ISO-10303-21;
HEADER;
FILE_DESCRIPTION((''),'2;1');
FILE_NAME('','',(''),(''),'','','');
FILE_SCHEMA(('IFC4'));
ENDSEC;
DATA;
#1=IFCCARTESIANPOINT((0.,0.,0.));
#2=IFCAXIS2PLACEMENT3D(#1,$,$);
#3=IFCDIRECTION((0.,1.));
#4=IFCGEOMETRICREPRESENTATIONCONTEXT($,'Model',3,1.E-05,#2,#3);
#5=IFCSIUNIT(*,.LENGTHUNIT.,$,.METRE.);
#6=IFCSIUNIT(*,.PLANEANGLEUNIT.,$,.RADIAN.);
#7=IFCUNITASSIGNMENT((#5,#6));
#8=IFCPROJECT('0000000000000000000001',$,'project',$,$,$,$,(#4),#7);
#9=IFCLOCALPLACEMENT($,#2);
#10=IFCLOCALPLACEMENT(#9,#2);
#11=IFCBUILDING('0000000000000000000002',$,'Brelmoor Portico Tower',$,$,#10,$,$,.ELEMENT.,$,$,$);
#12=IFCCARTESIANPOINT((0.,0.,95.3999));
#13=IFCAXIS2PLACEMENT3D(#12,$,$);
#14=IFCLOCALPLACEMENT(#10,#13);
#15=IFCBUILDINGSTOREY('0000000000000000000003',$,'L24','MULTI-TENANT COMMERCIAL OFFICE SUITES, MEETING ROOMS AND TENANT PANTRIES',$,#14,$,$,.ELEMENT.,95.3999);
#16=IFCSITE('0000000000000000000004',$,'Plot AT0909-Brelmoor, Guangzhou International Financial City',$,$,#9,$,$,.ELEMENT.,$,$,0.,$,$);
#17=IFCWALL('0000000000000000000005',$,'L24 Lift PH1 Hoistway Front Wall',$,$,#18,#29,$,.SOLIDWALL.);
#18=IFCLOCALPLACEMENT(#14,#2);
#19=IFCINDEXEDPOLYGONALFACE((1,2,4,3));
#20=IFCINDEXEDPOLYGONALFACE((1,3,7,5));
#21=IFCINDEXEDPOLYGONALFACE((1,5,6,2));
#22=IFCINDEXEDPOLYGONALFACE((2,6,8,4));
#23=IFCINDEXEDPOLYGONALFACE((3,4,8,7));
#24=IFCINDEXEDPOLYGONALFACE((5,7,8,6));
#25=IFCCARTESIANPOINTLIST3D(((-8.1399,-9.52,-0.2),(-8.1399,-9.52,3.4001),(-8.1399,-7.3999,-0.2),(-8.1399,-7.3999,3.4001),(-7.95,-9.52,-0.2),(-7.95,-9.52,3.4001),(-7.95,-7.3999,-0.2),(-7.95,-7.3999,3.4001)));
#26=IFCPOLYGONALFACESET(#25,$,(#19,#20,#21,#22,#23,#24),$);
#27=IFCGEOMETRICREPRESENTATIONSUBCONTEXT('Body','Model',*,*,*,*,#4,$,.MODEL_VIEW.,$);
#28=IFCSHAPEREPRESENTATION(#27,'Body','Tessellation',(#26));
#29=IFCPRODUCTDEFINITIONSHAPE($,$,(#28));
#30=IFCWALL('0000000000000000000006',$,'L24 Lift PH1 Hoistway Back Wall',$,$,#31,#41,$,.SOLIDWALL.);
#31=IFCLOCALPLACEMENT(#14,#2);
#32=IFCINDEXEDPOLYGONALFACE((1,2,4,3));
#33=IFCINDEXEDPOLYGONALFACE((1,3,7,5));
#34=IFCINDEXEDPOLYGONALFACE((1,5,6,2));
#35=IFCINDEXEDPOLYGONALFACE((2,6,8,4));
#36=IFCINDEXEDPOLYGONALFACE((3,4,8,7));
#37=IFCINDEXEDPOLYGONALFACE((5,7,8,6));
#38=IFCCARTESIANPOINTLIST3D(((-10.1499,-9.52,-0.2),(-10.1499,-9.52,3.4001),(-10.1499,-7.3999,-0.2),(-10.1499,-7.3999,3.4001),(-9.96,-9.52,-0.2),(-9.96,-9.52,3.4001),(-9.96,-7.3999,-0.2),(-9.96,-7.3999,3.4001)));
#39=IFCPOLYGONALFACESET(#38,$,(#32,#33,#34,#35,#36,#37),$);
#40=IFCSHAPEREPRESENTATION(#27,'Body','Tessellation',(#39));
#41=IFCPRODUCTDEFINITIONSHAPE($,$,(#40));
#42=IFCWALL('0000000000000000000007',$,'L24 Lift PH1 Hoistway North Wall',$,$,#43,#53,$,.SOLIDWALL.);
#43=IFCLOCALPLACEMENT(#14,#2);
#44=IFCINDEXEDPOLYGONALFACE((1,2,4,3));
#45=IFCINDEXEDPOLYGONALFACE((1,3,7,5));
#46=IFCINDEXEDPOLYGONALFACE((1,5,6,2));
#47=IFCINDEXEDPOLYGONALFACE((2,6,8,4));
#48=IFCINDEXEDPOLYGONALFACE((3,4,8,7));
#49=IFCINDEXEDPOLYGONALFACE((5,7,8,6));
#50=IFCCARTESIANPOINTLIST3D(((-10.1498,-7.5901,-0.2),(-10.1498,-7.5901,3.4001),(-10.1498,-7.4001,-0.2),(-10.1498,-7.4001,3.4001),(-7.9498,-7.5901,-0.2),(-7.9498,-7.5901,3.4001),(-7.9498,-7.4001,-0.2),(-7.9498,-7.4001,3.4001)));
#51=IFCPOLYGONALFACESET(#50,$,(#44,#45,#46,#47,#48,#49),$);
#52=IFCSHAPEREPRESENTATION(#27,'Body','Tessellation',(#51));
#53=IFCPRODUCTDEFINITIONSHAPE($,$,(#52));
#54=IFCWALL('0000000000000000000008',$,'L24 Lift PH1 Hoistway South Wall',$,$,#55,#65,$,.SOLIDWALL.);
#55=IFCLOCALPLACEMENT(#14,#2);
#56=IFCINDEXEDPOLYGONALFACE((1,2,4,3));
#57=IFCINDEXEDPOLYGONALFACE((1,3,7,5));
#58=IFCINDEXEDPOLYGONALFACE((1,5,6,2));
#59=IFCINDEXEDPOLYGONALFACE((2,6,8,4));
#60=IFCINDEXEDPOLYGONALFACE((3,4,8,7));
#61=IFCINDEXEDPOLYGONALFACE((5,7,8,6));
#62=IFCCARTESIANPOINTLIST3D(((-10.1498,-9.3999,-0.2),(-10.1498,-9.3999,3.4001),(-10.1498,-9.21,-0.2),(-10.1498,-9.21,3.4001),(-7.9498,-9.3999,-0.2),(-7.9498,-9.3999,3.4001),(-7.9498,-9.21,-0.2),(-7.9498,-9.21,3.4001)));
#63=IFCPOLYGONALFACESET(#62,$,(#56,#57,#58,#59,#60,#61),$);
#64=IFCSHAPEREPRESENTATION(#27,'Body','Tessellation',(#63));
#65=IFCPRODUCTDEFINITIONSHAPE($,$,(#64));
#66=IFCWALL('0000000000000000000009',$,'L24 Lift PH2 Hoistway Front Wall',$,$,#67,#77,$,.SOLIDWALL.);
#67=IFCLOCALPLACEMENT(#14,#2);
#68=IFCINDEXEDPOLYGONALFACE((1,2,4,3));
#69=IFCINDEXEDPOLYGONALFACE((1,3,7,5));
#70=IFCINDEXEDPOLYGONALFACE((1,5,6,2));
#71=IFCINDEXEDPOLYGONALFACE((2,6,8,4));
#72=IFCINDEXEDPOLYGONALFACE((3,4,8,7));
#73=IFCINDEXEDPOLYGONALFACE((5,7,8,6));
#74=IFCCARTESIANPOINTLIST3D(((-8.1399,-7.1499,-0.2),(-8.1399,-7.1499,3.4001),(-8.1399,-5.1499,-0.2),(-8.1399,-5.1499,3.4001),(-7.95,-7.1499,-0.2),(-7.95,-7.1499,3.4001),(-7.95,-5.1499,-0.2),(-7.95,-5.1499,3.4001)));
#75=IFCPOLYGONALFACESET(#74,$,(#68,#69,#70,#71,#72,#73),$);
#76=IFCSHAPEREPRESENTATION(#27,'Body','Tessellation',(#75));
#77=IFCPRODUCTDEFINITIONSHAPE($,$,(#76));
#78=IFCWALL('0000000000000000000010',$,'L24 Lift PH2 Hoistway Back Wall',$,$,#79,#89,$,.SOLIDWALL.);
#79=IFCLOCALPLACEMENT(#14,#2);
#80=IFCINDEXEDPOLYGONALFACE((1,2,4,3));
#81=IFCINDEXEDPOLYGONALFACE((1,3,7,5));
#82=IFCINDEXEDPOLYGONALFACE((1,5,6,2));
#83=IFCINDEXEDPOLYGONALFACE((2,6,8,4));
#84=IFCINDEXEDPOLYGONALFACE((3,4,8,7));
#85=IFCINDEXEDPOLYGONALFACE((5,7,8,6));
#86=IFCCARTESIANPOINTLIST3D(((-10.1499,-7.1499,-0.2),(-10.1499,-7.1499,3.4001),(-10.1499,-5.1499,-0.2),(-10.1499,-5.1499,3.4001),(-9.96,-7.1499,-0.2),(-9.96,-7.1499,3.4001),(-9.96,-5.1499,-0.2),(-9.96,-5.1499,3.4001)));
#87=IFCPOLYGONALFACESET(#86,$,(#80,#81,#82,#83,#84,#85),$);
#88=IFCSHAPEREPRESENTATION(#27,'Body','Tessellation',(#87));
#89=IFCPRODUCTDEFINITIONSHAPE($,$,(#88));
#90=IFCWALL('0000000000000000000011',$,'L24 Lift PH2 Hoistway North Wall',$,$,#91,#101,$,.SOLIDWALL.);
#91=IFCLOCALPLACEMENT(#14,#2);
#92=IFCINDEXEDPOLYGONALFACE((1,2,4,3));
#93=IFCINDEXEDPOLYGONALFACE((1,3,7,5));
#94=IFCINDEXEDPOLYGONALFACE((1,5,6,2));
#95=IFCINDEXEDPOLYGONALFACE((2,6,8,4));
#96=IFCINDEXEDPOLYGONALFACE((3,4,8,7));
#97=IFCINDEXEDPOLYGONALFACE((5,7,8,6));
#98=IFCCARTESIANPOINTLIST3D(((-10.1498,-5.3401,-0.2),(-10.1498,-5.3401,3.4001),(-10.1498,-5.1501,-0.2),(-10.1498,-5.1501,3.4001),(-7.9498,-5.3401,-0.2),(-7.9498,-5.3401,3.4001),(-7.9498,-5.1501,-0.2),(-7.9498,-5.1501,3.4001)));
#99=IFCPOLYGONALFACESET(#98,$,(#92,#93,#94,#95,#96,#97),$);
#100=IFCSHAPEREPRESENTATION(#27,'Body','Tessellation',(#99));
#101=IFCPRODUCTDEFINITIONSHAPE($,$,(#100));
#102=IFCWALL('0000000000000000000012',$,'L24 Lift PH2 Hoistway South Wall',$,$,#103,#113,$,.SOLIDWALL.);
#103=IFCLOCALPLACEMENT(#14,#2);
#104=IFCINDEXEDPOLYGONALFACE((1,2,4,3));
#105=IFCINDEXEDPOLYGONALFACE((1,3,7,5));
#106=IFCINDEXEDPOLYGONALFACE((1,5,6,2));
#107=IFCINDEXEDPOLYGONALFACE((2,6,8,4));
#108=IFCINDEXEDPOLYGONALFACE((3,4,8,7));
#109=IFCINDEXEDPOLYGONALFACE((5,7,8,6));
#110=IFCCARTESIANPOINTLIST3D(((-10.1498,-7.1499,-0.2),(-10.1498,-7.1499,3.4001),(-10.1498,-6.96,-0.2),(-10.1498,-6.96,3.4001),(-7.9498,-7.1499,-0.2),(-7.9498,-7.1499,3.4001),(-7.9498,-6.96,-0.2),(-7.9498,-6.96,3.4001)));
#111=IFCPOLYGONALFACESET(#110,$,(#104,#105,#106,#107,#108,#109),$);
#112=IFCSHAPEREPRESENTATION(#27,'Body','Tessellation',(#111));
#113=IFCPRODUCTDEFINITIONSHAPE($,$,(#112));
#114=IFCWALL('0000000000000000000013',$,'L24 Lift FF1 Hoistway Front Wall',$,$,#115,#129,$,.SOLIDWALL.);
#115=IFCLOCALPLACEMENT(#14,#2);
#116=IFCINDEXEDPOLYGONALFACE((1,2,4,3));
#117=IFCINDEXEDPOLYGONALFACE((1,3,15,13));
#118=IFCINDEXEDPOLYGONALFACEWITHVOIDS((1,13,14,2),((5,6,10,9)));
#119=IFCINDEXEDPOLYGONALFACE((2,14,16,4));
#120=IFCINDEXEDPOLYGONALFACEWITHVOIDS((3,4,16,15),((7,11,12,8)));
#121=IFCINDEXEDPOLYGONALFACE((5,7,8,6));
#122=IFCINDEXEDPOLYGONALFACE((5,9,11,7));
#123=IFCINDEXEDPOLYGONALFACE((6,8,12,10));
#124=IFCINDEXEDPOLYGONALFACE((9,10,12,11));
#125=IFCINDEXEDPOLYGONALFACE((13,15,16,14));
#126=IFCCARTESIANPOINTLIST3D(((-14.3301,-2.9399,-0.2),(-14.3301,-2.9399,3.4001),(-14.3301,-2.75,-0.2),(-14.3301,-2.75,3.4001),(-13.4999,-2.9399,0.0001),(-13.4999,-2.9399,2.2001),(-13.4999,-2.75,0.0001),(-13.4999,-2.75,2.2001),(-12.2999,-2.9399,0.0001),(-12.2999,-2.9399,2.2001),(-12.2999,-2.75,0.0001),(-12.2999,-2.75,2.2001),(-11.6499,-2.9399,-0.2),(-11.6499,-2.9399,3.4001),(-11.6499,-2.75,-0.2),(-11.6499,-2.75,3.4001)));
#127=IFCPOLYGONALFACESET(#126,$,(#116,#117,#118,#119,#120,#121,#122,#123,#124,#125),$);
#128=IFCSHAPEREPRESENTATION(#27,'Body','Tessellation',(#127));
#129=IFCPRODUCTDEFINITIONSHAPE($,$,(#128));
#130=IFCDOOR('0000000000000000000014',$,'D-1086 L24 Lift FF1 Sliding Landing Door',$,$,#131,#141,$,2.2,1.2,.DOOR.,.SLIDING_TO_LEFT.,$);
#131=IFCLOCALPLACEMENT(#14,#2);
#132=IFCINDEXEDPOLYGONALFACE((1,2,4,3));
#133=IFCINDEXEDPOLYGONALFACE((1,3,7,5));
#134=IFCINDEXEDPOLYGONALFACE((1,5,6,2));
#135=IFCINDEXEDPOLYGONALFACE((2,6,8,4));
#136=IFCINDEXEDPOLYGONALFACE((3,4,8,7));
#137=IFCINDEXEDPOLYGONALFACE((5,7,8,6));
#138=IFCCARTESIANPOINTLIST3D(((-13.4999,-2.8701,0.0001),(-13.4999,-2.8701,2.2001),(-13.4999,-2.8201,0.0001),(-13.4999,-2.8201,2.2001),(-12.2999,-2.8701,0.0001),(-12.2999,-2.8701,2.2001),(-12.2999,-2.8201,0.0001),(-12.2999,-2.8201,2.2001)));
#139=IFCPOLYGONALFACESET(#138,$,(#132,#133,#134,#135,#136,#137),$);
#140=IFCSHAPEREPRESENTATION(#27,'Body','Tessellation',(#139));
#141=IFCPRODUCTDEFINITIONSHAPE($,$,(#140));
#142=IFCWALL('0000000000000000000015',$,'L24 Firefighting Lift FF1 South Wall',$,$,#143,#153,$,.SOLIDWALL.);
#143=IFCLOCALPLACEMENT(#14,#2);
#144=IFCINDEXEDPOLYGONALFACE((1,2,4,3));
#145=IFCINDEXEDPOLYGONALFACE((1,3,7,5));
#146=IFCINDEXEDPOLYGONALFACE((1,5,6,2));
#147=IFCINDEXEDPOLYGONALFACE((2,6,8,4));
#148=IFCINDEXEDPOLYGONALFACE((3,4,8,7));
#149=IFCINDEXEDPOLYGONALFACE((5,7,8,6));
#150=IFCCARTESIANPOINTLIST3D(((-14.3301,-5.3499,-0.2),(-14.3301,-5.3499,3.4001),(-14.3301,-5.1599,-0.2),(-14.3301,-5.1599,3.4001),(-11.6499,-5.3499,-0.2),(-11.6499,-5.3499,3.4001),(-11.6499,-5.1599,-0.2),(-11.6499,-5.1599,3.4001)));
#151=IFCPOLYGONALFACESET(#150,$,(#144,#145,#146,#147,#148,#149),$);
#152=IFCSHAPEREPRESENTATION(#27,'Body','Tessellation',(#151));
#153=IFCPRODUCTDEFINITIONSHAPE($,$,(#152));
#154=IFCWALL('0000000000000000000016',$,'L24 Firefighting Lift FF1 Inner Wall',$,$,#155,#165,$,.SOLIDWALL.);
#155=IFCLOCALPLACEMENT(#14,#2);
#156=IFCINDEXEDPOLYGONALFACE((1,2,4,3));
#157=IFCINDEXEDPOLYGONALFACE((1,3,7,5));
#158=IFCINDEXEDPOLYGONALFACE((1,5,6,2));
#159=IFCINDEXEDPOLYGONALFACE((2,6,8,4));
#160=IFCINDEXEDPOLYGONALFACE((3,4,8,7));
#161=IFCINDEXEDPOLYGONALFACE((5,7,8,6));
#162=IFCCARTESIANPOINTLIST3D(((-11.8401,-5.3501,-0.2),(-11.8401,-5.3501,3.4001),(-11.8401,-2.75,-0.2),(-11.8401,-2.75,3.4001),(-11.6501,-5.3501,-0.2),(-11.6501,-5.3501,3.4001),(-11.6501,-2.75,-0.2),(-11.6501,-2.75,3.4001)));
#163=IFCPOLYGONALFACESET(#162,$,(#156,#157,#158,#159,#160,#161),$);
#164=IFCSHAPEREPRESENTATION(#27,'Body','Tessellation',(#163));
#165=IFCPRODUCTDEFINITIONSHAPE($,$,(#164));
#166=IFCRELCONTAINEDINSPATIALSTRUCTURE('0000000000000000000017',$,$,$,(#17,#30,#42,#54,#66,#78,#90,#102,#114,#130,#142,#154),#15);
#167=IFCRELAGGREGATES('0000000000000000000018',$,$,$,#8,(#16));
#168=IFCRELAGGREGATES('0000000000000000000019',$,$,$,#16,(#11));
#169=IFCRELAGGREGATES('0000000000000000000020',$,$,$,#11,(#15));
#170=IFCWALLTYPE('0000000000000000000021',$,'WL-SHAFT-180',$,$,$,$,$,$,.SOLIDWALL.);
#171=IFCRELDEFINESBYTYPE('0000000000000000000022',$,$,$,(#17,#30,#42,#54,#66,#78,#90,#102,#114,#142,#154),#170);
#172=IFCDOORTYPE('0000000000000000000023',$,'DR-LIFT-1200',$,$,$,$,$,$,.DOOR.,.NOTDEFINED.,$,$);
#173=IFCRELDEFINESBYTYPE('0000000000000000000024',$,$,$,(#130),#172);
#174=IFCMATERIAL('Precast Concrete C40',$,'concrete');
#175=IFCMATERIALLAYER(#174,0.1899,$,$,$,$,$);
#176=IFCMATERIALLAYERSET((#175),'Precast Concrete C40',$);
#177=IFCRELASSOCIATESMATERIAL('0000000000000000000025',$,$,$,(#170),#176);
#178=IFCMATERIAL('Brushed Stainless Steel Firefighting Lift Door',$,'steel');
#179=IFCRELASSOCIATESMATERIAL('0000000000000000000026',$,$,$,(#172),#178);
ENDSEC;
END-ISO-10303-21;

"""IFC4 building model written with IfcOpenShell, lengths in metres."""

from ifc_helpers import new_model, si_unit, direction, frame, frame_2d, origin, place, context, subcontext, project, spatial, rectangle, extrude, material, layer, layer_set, type_object, element, fill, save


model = new_model("IFC4")

# Units and contexts
model_context = context("Model", 3, precision=1e-05, world=origin(), true_north=direction((0.0, 1.0)))
body_context = subcontext(model_context, "Body", "Model", "MODEL_VIEW")
ifc_project = project(units=[si_unit("LENGTHUNIT", "METRE"), si_unit("PLANEANGLEUNIT", "RADIAN")], contexts=[model_context])

# Site, building, storey
site_placement = place(None, origin())
site = spatial("IfcSite", under=ifc_project, at=site_placement, Name="Plot AT0909-Brelmoor, Guangzhou International Financial City", CompositionType="ELEMENT", RefElevation=0.0)
building_placement = place(site_placement, origin())
building = spatial("IfcBuilding", under=site, at=building_placement, Name="Brelmoor Portico Tower", CompositionType="ELEMENT")
storey_placement = place(building_placement, frame((0.0, 0.0, 95.3999)))
storey = spatial("IfcBuildingStorey", under=building, at=storey_placement, Name="L24", Description="MULTI-TENANT COMMERCIAL OFFICE SUITES, MEETING ROOMS AND TENANT PANTRIES", CompositionType="ELEMENT", Elevation=95.3999)

# Walls
ifc_material_1 = material(Name="Precast Concrete C40", Category="concrete")
ifc_layer_1 = layer(ifc_material_1, 0.1899)
ifc_layer_set_1 = layer_set([ifc_layer_1], Name="Precast Concrete C40")
wall_type_1 = type_object("IfcWallType", Name="WL-SHAFT-180", PredefinedType="SOLIDWALL", material=ifc_layer_set_1)
for number, where, z_axis, x_axis, name in (
    (1, (-8.0449, -9.52, -0.2), (0.0, 0.0, 1.0), (0.0, 1.0, 0.0), "L24 Lift PH1 Hoistway Front Wall"),
    (2, (-10.0549, -9.52, -0.2), (0.0, 0.0, 1.0), (0.0, 1.0, 0.0), "L24 Lift PH1 Hoistway Back Wall"),
):
    element("IfcWall", number, at=place(storey_placement, frame(where, z_axis=z_axis, x_axis=x_axis)), inside=storey, type_object=wall_type_1, Name=name, PredefinedType="SOLIDWALL", context=body_context, shape_type="SweptSolid", body=[
        extrude(rectangle(XDim=2.1201, YDim=0.1899, at=frame_2d((1.0601, 0.0))), origin(), (0.0, 0.0, 1.0), 3.6001),
    ])
for number, where, z_axis, x_axis, name in (
    (3, (-10.1499, -7.4951, -0.2), (0.0, 0.0, 1.0), (1.0, 0.0, 0.0), "L24 Lift PH1 Hoistway North Wall"),
    (4, (-10.1499, -9.3049, -0.2), (0.0, 0.0, 1.0), (1.0, 0.0, 0.0), "L24 Lift PH1 Hoistway South Wall"),
):
    element("IfcWall", number, at=place(storey_placement, frame(where, z_axis=z_axis, x_axis=x_axis)), inside=storey, type_object=wall_type_1, Name=name, PredefinedType="SOLIDWALL", context=body_context, shape_type="SweptSolid", body=[
        extrude(rectangle(XDim=2.2, YDim=0.1899, at=frame_2d((1.1001, 0.0))), origin(), (0.0, 0.0, 1.0), 3.6001),
    ])
for number, where, z_axis, x_axis, name in (
    (5, (-8.0449, -7.1499, -0.2), (0.0, 0.0, 1.0), (0.0, 1.0, 0.0), "L24 Lift PH2 Hoistway Front Wall"),
    (6, (-10.0549, -7.1499, -0.2), (0.0, 0.0, 1.0), (0.0, 1.0, 0.0), "L24 Lift PH2 Hoistway Back Wall"),
):
    element("IfcWall", number, at=place(storey_placement, frame(where, z_axis=z_axis, x_axis=x_axis)), inside=storey, type_object=wall_type_1, Name=name, PredefinedType="SOLIDWALL", context=body_context, shape_type="SweptSolid", body=[
        extrude(rectangle(XDim=2.0, YDim=0.1899, at=frame_2d((1.0, 0.0))), origin(), (0.0, 0.0, 1.0), 3.6001),
    ])
for number, where, z_axis, x_axis, name in (
    (7, (-10.1499, -5.2451, -0.2), (0.0, 0.0, 1.0), (1.0, 0.0, 0.0), "L24 Lift PH2 Hoistway North Wall"),
    (8, (-10.1499, -7.0549, -0.2), (0.0, 0.0, 1.0), (1.0, 0.0, 0.0), "L24 Lift PH2 Hoistway South Wall"),
):
    element("IfcWall", number, at=place(storey_placement, frame(where, z_axis=z_axis, x_axis=x_axis)), inside=storey, type_object=wall_type_1, Name=name, PredefinedType="SOLIDWALL", context=body_context, shape_type="SweptSolid", body=[
        extrude(rectangle(XDim=2.2, YDim=0.1899, at=frame_2d((1.1001, 0.0))), origin(), (0.0, 0.0, 1.0), 3.6001),
    ])

# Wall, opening, door
wall_1_placement = place(storey_placement, frame((-14.3301, -2.845, -0.2), z_axis=(0.0, 0.0, 1.0), x_axis=(1.0, 0.0, 0.0)))
wall_1 = element("IfcWall", 9, at=wall_1_placement, inside=storey, type_object=wall_type_1, Name="L24 Lift FF1 Hoistway Front Wall", PredefinedType="SOLIDWALL", context=body_context, shape_type="SweptSolid", body=[
    extrude(rectangle(XDim=2.6802, YDim=0.1899, at=frame_2d((1.3401, 0.0))), origin(), (0.0, 0.0, 1.0), 3.6001),
])
opening_1_placement = place(wall_1_placement, frame((0.8301, 0.0, 0.2)))
opening_1 = element("IfcOpeningElement", 10, at=opening_1_placement, cuts=wall_1, PredefinedType="OPENING", context=body_context, shape_type="SweptSolid", body=[
    extrude(rectangle(XDim=1.2, YDim=2.2, at=frame_2d((0.6001, 1.1001))), frame((0.0, 0.105, 0.0), z_axis=(0.0, -1.0, 0.0), x_axis=(1.0, 0.0, 0.0)), (0.0, 0.0, 1.0), 0.21),
])
ifc_material_2 = material(Name="Brushed Stainless Steel Firefighting Lift Door", Category="steel")
door_type_1 = type_object("IfcDoorType", Name="DR-LIFT-1200", OperationType="NOTDEFINED", PredefinedType="DOOR", material=ifc_material_2)
door_1_placement = place(opening_1_placement, origin())
door_1 = element("IfcDoor", 11, at=door_1_placement, inside=storey, type_object=door_type_1, Name="D-1086 L24 Lift FF1 Sliding Landing Door", OperationType="SLIDING_TO_LEFT", OverallHeight=2.2, OverallWidth=1.2, PredefinedType="DOOR", context=body_context, shape_type="SweptSolid", body=[
    extrude(rectangle(XDim=1.2, YDim=2.2, at=frame_2d((0.6001, 1.1001))), frame((0.0, 0.0249, 0.0), z_axis=(0.0, -1.0, 0.0), x_axis=(1.0, 0.0, 0.0)), (0.0, 0.0, 1.0), 0.05),
])
fill(opening_1, door_1)

# Walls
wall_2_placement = place(storey_placement, frame((-14.3301, -5.2549, -0.2), z_axis=(0.0, 0.0, 1.0), x_axis=(1.0, 0.0, 0.0)))
element("IfcWall", 12, at=wall_2_placement, inside=storey, type_object=wall_type_1, Name="L24 Firefighting Lift FF1 South Wall", PredefinedType="SOLIDWALL", context=body_context, shape_type="SweptSolid", body=[
    extrude(rectangle(XDim=2.6802, YDim=0.1899, at=frame_2d((1.3401, 0.0))), origin(), (0.0, 0.0, 1.0), 3.6001),
])
wall_3_placement = place(storey_placement, frame((-11.7451, -5.3501, -0.2), z_axis=(0.0, 0.0, 1.0), x_axis=(0.0, 1.0, 0.0)))
element("IfcWall", 13, at=wall_3_placement, inside=storey, type_object=wall_type_1, Name="L24 Firefighting Lift FF1 Inner Wall", PredefinedType="SOLIDWALL", context=body_context, shape_type="SweptSolid", body=[
    extrude(rectangle(XDim=2.6001, YDim=0.1899, at=frame_2d((1.3, 0.0))), origin(), (0.0, 0.0, 1.0), 3.6001),
])

save(model, "model.ifc")
